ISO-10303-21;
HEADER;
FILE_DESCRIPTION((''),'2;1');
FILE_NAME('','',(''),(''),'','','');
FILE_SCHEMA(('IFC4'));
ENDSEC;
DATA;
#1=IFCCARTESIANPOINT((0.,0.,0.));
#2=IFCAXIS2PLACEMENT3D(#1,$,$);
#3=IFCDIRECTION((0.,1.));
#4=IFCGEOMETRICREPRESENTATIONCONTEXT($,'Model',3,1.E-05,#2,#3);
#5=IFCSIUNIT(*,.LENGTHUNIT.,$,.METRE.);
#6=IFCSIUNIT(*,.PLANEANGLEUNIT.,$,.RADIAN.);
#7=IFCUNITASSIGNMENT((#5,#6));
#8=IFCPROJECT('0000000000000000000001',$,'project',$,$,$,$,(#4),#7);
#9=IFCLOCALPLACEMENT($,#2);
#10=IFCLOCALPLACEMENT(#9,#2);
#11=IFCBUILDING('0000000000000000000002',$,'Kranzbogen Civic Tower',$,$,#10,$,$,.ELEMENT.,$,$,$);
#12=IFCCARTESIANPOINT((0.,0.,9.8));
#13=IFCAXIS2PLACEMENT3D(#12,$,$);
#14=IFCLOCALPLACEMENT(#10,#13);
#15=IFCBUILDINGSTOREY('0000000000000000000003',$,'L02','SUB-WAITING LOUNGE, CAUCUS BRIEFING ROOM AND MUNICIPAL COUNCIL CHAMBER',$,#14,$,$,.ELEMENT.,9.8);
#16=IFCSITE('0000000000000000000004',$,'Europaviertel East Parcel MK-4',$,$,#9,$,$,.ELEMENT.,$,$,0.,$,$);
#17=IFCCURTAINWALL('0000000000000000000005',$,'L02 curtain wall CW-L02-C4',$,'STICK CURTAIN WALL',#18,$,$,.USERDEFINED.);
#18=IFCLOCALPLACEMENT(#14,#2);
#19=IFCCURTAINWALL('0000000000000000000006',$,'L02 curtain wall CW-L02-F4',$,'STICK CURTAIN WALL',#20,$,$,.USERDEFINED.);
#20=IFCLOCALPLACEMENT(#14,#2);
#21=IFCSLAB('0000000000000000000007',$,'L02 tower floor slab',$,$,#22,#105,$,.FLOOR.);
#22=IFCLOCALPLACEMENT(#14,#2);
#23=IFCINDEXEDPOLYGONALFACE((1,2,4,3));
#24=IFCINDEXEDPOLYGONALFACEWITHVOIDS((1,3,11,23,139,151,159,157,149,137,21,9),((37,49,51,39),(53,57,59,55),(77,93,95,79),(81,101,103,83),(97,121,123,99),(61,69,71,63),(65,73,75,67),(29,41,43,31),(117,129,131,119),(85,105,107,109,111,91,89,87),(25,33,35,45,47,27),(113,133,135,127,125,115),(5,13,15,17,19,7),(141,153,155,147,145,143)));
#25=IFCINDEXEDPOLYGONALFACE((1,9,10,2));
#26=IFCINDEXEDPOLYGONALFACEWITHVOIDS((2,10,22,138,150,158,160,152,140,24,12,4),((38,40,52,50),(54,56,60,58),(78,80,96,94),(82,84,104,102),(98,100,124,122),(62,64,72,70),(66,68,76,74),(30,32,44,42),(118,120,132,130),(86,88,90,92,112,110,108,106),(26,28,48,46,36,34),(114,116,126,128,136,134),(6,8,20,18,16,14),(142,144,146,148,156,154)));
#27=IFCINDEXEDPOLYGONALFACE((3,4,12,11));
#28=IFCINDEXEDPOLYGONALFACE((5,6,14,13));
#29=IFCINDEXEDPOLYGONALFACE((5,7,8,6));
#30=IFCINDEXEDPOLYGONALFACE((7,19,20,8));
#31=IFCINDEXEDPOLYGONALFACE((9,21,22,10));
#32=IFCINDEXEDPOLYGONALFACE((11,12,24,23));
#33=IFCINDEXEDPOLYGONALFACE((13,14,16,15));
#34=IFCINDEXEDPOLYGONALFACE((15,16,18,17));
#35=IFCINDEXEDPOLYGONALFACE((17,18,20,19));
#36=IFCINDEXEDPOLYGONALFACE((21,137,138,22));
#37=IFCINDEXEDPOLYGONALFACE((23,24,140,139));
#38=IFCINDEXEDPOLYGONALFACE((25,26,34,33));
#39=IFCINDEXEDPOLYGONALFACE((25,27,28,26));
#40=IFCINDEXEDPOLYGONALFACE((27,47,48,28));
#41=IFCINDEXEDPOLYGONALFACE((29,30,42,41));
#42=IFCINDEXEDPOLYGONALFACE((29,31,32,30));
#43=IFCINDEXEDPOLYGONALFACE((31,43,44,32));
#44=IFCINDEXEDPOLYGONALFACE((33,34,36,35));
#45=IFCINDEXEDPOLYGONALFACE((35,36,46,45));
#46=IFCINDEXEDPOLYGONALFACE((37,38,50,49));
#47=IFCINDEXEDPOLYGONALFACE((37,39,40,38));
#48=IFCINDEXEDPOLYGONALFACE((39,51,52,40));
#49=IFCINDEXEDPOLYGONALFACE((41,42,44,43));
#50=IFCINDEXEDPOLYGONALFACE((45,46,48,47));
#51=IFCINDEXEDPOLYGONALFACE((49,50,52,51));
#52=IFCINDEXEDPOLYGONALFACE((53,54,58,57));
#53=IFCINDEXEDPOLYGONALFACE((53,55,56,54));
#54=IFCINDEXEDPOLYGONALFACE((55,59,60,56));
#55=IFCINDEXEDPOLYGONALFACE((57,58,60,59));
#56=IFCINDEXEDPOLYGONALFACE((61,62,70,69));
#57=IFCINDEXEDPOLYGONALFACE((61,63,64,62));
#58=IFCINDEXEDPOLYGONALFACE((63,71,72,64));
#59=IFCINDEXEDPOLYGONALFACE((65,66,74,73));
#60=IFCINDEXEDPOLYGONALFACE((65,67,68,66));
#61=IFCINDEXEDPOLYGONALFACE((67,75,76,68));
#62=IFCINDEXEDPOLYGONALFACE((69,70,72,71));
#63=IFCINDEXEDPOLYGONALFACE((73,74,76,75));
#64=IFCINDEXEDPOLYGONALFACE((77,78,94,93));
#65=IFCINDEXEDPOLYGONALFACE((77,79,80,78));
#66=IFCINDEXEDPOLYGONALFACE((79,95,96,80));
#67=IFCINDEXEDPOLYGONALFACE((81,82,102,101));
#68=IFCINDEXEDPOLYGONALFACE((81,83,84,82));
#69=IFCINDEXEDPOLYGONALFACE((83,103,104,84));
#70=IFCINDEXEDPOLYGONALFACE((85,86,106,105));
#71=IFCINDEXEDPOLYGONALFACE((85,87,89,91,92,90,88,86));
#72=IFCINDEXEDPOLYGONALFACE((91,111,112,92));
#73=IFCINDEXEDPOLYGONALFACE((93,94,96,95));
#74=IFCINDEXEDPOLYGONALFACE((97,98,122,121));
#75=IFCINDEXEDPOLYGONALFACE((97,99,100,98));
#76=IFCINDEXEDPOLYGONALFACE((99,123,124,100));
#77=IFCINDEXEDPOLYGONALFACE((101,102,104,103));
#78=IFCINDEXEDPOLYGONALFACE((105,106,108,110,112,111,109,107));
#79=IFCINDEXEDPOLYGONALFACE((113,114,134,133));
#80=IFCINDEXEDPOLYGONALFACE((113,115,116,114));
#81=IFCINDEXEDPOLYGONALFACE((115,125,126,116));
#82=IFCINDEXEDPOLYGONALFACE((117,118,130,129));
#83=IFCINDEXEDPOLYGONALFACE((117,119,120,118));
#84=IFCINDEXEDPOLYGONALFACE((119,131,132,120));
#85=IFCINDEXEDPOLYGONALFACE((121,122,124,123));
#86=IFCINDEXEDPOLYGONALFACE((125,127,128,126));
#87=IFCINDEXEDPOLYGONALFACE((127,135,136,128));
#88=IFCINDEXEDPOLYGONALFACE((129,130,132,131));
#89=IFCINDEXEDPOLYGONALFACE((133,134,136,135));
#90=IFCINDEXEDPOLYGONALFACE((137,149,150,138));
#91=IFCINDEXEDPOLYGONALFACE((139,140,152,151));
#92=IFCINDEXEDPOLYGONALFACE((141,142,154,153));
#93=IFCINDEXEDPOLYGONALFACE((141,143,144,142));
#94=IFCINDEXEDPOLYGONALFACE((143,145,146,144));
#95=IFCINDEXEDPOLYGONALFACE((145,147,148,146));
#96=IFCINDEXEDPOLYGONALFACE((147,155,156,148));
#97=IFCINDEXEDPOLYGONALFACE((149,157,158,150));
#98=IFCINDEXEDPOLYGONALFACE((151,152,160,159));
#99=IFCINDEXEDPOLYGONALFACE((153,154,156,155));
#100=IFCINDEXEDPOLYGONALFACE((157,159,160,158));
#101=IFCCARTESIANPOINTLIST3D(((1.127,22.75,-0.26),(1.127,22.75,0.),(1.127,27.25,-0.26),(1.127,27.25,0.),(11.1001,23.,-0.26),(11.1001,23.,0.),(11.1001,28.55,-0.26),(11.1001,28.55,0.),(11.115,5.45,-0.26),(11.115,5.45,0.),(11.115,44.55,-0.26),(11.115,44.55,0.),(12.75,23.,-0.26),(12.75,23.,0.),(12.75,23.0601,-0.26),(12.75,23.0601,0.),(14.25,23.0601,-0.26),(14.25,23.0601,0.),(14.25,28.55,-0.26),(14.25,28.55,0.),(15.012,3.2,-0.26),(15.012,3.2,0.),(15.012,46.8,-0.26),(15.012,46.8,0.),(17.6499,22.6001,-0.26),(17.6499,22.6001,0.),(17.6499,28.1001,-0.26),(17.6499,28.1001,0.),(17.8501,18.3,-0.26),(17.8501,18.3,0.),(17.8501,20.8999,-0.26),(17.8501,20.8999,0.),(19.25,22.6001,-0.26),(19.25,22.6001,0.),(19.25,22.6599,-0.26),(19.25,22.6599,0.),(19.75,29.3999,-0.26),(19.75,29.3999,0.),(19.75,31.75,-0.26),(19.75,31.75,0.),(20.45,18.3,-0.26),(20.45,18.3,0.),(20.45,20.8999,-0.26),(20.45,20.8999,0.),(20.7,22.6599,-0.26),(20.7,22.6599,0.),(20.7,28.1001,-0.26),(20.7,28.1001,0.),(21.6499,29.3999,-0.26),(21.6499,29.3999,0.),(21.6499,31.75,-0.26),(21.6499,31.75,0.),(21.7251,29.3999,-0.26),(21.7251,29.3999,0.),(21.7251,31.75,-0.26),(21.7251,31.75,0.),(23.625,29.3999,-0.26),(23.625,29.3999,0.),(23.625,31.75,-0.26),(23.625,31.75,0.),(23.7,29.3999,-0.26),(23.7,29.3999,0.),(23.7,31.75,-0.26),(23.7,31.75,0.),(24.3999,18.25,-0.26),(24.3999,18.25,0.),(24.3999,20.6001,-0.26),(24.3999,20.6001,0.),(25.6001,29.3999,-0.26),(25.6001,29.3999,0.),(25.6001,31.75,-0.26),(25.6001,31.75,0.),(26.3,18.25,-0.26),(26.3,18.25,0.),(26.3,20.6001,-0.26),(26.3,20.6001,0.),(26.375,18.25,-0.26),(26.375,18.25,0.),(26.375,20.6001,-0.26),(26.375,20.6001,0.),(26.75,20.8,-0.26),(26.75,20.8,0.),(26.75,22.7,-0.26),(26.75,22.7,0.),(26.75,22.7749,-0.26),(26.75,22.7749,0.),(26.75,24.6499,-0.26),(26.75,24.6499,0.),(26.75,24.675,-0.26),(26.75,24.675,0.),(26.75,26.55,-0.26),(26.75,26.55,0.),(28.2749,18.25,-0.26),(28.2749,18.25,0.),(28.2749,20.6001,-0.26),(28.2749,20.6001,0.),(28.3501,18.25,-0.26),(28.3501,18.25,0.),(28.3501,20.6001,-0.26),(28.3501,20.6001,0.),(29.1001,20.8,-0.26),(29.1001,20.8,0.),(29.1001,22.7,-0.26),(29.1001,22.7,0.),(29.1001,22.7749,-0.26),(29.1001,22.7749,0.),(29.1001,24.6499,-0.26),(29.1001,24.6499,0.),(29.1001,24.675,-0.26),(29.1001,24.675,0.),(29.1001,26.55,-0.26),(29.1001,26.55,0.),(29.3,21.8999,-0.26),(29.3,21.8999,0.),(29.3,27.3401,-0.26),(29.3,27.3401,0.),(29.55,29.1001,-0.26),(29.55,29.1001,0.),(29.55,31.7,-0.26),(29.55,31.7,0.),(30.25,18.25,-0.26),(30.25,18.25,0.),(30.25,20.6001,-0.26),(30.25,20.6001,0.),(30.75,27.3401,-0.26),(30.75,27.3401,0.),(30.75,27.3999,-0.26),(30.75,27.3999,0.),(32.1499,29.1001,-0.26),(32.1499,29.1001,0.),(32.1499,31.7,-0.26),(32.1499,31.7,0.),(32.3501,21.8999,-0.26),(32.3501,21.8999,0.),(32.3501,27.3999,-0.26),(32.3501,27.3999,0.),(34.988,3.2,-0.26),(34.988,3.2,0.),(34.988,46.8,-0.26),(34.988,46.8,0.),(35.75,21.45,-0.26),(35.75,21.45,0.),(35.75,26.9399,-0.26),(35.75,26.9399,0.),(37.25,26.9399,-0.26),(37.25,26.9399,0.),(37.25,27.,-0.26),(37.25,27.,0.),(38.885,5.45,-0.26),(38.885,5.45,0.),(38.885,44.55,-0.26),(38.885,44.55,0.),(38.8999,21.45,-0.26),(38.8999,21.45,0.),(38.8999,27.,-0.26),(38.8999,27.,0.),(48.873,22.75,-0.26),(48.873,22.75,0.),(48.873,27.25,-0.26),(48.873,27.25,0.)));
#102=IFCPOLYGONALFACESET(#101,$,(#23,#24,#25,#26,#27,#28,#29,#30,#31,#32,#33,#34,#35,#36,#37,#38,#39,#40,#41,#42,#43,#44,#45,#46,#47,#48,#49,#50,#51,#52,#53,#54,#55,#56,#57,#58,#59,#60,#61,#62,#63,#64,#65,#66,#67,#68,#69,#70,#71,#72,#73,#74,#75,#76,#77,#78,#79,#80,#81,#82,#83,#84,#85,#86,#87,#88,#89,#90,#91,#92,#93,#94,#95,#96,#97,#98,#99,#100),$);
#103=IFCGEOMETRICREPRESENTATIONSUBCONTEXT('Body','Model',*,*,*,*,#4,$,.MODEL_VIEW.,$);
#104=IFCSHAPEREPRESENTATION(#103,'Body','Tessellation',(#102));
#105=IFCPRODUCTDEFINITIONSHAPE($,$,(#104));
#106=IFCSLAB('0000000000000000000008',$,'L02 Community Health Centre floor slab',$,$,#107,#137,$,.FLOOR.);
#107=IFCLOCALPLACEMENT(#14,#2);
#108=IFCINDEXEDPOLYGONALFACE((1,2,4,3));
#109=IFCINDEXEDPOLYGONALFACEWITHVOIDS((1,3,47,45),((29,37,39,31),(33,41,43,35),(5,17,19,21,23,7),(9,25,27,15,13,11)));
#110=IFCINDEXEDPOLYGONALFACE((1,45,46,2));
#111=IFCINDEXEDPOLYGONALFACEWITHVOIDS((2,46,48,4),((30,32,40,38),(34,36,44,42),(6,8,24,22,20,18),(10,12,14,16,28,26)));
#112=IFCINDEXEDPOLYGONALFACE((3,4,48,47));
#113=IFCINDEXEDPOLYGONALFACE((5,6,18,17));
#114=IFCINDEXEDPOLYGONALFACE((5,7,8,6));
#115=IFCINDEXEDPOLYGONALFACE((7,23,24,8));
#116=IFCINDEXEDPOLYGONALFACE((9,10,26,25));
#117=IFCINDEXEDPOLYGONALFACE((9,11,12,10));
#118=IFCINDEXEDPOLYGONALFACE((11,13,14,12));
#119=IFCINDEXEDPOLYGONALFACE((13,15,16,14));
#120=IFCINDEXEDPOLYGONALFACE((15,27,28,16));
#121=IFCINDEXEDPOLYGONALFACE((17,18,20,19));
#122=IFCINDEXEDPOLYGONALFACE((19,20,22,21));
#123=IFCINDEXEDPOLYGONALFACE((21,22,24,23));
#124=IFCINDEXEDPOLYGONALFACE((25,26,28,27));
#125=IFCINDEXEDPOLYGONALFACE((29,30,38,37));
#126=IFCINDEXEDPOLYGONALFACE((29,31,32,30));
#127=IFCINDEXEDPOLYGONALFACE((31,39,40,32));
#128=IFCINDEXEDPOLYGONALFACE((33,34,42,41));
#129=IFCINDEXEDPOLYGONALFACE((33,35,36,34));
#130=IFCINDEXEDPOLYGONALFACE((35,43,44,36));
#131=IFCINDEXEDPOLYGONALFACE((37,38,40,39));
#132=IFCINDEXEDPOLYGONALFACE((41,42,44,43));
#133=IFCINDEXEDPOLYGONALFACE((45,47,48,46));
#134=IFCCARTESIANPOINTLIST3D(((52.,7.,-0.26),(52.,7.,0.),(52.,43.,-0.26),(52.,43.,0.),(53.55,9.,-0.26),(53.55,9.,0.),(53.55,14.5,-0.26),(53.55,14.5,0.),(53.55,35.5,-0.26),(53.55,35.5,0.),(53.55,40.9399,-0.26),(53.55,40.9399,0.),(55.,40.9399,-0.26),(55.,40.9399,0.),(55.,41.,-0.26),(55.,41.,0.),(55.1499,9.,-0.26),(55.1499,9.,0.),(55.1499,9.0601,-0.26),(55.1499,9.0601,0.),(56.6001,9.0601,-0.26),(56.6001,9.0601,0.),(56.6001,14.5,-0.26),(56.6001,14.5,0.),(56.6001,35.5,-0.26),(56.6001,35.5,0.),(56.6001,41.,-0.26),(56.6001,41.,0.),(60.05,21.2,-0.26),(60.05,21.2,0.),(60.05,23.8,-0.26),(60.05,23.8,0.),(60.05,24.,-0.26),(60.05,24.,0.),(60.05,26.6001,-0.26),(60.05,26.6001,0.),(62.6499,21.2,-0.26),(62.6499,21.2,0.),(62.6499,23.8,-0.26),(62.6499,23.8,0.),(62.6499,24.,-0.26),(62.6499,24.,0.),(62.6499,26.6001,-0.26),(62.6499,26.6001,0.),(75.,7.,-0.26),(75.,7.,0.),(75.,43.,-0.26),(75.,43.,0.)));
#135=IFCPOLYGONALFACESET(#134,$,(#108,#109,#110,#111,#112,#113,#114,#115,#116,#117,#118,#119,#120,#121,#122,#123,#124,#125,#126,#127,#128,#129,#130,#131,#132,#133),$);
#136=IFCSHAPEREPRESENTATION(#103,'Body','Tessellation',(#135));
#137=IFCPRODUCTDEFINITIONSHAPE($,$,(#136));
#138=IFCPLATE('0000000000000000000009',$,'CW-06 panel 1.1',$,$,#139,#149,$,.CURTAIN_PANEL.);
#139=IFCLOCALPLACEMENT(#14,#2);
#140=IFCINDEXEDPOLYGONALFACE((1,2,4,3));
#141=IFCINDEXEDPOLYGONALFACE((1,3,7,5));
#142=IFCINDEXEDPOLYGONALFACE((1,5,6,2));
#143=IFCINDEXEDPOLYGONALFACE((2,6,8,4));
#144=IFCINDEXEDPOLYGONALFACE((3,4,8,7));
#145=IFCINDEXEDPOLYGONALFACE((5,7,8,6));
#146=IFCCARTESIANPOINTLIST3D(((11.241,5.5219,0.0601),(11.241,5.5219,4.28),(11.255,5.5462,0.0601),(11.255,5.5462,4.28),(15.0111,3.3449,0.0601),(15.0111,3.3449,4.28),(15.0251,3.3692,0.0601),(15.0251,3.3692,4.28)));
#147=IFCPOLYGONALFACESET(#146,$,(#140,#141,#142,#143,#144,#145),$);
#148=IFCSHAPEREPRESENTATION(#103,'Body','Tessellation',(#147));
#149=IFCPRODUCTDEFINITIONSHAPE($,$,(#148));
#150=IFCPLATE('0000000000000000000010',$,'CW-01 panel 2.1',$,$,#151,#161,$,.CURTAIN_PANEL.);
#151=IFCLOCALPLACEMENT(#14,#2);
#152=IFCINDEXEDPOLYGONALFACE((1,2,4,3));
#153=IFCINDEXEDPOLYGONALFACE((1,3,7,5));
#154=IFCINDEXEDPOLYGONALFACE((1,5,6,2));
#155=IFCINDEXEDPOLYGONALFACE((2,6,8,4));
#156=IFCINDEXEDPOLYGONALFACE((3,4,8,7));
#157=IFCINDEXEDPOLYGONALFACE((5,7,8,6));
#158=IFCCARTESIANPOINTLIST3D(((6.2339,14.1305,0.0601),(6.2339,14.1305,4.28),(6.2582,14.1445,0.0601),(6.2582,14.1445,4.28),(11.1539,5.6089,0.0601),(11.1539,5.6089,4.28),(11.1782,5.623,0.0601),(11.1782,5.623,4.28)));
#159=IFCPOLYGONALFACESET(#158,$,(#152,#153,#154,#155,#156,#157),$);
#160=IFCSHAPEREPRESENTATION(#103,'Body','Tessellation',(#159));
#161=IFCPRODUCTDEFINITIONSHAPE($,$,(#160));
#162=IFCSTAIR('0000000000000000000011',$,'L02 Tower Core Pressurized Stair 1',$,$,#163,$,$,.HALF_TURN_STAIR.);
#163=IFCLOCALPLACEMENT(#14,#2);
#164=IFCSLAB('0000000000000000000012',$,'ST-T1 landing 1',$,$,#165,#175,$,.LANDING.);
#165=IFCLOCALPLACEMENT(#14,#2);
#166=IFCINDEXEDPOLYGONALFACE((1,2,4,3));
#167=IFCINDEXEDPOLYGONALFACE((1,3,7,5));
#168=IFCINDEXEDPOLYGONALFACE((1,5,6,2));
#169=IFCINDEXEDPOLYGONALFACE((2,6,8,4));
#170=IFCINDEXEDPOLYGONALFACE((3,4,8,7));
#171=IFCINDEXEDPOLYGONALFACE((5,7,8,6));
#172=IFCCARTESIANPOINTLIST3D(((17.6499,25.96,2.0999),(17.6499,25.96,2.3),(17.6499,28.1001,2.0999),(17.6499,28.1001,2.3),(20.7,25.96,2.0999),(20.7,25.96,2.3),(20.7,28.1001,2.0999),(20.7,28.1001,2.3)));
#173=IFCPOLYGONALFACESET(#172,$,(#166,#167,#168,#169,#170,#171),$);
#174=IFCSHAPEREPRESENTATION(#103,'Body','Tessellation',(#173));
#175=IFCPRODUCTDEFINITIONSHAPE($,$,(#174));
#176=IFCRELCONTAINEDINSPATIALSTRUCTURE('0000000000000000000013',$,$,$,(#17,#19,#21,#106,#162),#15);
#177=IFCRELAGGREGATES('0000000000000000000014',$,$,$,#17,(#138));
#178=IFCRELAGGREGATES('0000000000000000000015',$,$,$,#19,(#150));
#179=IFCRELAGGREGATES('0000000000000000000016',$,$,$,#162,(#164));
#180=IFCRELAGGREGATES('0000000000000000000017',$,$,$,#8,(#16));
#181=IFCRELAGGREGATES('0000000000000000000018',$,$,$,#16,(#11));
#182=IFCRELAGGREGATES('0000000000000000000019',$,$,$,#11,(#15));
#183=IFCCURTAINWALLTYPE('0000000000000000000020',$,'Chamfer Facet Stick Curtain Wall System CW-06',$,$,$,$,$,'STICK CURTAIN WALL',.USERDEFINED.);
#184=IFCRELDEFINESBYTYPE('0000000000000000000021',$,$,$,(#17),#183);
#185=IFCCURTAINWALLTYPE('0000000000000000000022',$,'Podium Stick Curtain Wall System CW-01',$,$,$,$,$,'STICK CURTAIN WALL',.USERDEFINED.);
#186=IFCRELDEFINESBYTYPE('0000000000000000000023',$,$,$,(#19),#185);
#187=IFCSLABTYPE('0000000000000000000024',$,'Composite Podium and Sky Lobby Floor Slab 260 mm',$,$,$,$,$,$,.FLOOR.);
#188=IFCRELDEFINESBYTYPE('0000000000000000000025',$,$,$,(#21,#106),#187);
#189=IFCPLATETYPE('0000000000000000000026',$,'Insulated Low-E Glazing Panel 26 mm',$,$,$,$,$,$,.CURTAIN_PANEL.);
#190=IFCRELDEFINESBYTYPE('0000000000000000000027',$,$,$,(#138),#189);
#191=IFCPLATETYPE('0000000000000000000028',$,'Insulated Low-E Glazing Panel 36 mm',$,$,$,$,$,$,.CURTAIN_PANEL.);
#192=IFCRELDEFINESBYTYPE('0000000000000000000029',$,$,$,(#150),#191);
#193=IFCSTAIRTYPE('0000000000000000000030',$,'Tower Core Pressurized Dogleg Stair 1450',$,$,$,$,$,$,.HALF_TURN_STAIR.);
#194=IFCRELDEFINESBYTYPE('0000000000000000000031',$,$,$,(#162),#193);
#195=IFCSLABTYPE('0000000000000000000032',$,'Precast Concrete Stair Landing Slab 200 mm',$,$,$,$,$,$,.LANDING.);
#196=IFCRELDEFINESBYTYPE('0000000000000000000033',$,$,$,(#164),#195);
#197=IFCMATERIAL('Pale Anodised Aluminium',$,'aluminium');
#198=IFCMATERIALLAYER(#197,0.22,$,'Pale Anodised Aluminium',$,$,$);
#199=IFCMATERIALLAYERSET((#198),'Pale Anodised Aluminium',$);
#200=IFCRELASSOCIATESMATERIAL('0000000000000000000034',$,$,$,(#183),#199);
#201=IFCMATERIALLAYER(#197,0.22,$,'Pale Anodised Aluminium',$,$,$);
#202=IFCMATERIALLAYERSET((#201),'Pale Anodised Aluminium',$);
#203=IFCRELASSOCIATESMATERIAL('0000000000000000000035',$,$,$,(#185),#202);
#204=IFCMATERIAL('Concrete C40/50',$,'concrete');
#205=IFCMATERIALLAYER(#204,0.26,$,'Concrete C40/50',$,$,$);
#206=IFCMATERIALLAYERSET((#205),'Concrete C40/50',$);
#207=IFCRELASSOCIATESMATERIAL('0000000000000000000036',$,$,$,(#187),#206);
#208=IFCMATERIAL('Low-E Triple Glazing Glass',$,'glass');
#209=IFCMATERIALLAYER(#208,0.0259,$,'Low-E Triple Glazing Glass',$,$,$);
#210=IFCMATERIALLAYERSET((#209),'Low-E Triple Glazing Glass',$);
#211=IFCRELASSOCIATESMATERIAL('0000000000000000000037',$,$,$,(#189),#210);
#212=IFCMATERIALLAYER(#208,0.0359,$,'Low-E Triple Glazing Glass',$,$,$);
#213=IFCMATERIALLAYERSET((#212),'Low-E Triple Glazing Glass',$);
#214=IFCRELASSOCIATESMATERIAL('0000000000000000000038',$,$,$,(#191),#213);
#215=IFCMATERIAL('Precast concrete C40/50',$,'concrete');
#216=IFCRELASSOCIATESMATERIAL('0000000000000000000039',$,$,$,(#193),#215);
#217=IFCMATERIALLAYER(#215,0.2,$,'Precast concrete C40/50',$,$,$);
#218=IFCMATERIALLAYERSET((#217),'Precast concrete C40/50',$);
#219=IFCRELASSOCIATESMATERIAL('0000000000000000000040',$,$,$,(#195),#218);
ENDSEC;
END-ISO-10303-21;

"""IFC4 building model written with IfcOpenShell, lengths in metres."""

from ifc_helpers import new_model, si_unit, direction, frame, origin, origin_2d, place, context, subcontext, project, spatial, polyline, rectangle, outline, extrude, material, layer, layer_set, type_object, element, aggregate, save


model = new_model("IFC4")

# Units and contexts
model_context = context("Model", 3, precision=1e-05, world=origin(), true_north=direction((0.0, 1.0)))
body_context = subcontext(model_context, "Body", "Model", "MODEL_VIEW")
ifc_project = project(units=[si_unit("LENGTHUNIT", "METRE"), si_unit("PLANEANGLEUNIT", "RADIAN")], contexts=[model_context])

# Site, building, storey
site_placement = place(None, origin())
site = spatial("IfcSite", under=ifc_project, at=site_placement, Name="Europaviertel East Parcel MK-4", CompositionType="ELEMENT", RefElevation=0.0)
building_placement = place(site_placement, origin())
building = spatial("IfcBuilding", under=site, at=building_placement, Name="Kranzbogen Civic Tower", CompositionType="ELEMENT")
storey_placement = place(building_placement, frame((0.0, 0.0, 9.8)))
storey = spatial("IfcBuildingStorey", under=building, at=storey_placement, Name="L02", Description="SUB-WAITING LOUNGE, CAUCUS BRIEFING ROOM AND MUNICIPAL COUNCIL CHAMBER", CompositionType="ELEMENT", Elevation=9.8)

# Curtain wall
ifc_material_1 = material(Name="Pale Anodised Aluminium", Category="aluminium")
ifc_layer_1 = layer(ifc_material_1, 0.22, Name="Pale Anodised Aluminium")
ifc_layer_set_1 = layer_set([ifc_layer_1], Name="Pale Anodised Aluminium")
curtain_wall_type_1 = type_object("IfcCurtainWallType", Name="Chamfer Facet Stick Curtain Wall System CW-06", ElementType="STICK CURTAIN WALL", PredefinedType="USERDEFINED", material=ifc_layer_set_1)
curtain_wall_1_placement = place(storey_placement, origin())
curtain_wall_1 = element("IfcCurtainWall", 1, at=curtain_wall_1_placement, inside=storey, type_object=curtain_wall_type_1, Name="L02 curtain wall CW-L02-C4", ObjectType="STICK CURTAIN WALL", PredefinedType="USERDEFINED")

# Curtain wall
ifc_layer_2 = layer(ifc_material_1, 0.22, Name="Pale Anodised Aluminium")
ifc_layer_set_2 = layer_set([ifc_layer_2], Name="Pale Anodised Aluminium")
curtain_wall_type_2 = type_object("IfcCurtainWallType", Name="Podium Stick Curtain Wall System CW-01", ElementType="STICK CURTAIN WALL", PredefinedType="USERDEFINED", material=ifc_layer_set_2)
curtain_wall_2_placement = place(storey_placement, origin())
curtain_wall_2 = element("IfcCurtainWall", 2, at=curtain_wall_2_placement, inside=storey, type_object=curtain_wall_type_2, Name="L02 curtain wall CW-L02-F4", ObjectType="STICK CURTAIN WALL", PredefinedType="USERDEFINED")

# Slabs
ifc_material_2 = material(Name="Concrete C40/50", Category="concrete")
ifc_layer_3 = layer(ifc_material_2, 0.26, Name="Concrete C40/50")
ifc_layer_set_3 = layer_set([ifc_layer_3], Name="Concrete C40/50")
slab_type_1 = type_object("IfcSlabType", Name="Composite Podium and Sky Lobby Floor Slab 260 mm", PredefinedType="FLOOR", material=ifc_layer_set_3)
slab_1_placement = place(storey_placement, frame((0.0, 0.0, -0.26)))
element("IfcSlab", 3, at=slab_1_placement, inside=storey, type_object=slab_type_1, Name="L02 tower floor slab", PredefinedType="FLOOR", context=body_context, shape_type="SweptSolid", body=[
    extrude(outline(polyline([(48.873, 27.25), (38.885, 44.55), (34.988, 46.8), (15.012, 46.8), (11.115, 44.55), (1.127, 27.25), (1.127, 22.75), (11.115, 5.45), (15.012, 3.2), (34.988, 3.2), (38.885, 5.45), (48.873, 22.75), (48.873, 27.25)]), holes=[polyline([(26.3, 18.25), (24.3999, 18.25), (24.3999, 20.6001), (26.3, 20.6001), (26.3, 18.25)]), polyline([(28.2749, 18.25), (26.375, 18.25), (26.375, 20.6001), (28.2749, 20.6001), (28.2749, 18.25)]), polyline([(20.45, 18.3), (17.8501, 18.3), (17.8501, 20.8999), (20.45, 20.8999), (20.45, 18.3)]), polyline([(29.1001, 22.7749), (26.75, 22.7749), (26.75, 24.6499), (26.75, 24.675), (26.75, 26.55), (29.1001, 26.55), (29.1001, 24.675), (29.1001, 24.6499), (29.1001, 22.7749)]), polyline([(19.25, 22.6599), (19.25, 22.6001), (17.6499, 22.6001), (17.6499, 28.1001), (20.7, 28.1001), (20.7, 22.6599), (19.25, 22.6599)]), polyline([(12.75, 23.0601), (12.75, 23.0), (11.1001, 23.0), (11.1001, 28.55), (14.25, 28.55), (14.25, 23.0601), (12.75, 23.0601)]), polyline([(19.75, 29.3999), (19.75, 31.75), (21.6499, 31.75), (21.6499, 29.3999), (19.75, 29.3999)]), polyline([(21.7251, 29.3999), (21.7251, 31.75), (23.625, 31.75), (23.625, 29.3999), (21.7251, 29.3999)]), polyline([(25.6001, 29.3999), (23.7, 29.3999), (23.7, 31.75), (25.6001, 31.75), (25.6001, 29.3999)]), polyline([(30.25, 18.25), (28.3501, 18.25), (28.3501, 20.6001), (30.25, 20.6001), (30.25, 18.25)]), polyline([(26.75, 20.8), (26.75, 22.7), (29.1001, 22.7), (29.1001, 20.8), (26.75, 20.8)]), polyline([(37.25, 26.9399), (37.25, 27.0), (38.8999, 27.0), (38.8999, 21.45), (35.75, 21.45), (35.75, 26.9399), (37.25, 26.9399)]), polyline([(30.75, 27.3401), (30.75, 27.3999), (32.3501, 27.3999), (32.3501, 21.8999), (29.3, 21.8999), (29.3, 27.3401), (30.75, 27.3401)]), polyline([(29.55, 29.1001), (29.55, 31.7), (32.1499, 31.7), (32.1499, 29.1001), (29.55, 29.1001)])]), origin(), (0.0, 0.0, 1.0), 0.26),
])
slab_2_placement = place(storey_placement, frame((0.0, 0.0, -0.26)))
element("IfcSlab", 4, at=slab_2_placement, inside=storey, type_object=slab_type_1, Name="L02 Community Health Centre floor slab", PredefinedType="FLOOR", context=body_context, shape_type="SweptSolid", body=[
    extrude(outline(polyline([(75.0, 7.0), (75.0, 43.0), (52.0, 43.0), (52.0, 7.0), (75.0, 7.0)]), holes=[polyline([(55.1499, 9.0601), (55.1499, 9.0), (53.55, 9.0), (53.55, 14.5), (56.6001, 14.5), (56.6001, 9.0601), (55.1499, 9.0601)]), polyline([(60.05, 21.2), (60.05, 23.8), (62.6499, 23.8), (62.6499, 21.2), (60.05, 21.2)]), polyline([(62.6499, 24.0), (60.05, 24.0), (60.05, 26.6001), (62.6499, 26.6001), (62.6499, 24.0)]), polyline([(55.0, 41.0), (56.6001, 41.0), (56.6001, 35.5), (53.55, 35.5), (53.55, 40.9399), (55.0, 40.9399), (55.0, 41.0)])]), origin(), (0.0, 0.0, 1.0), 0.26),
])

# Plates
ifc_material_3 = material(Name="Low-E Triple Glazing Glass", Category="glass")
ifc_layer_4 = layer(ifc_material_3, 0.0259, Name="Low-E Triple Glazing Glass")
ifc_layer_set_4 = layer_set([ifc_layer_4], Name="Low-E Triple Glazing Glass")
plate_type_1 = type_object("IfcPlateType", Name="Insulated Low-E Glazing Panel 26 mm", PredefinedType="CURTAIN_PANEL", material=ifc_layer_set_4)
plate_1_placement = place(storey_placement, frame((13.1331, 4.4456, 0.0601), z_axis=(0.0, 0.0, 1.0), x_axis=(0.865992, -0.500058, 0.0)))
plate_1 = element("IfcPlate", 5, at=plate_1_placement, type_object=plate_type_1, Name="CW-06 panel 1.1", PredefinedType="CURTAIN_PANEL", context=body_context, shape_type="SweptSolid", body=[
    extrude(rectangle(XDim=4.3535, YDim=0.0281, at=origin_2d()), origin(), (0.0, 0.0, 1.0), 4.22),
])
aggregate(curtain_wall_1, [plate_1])
ifc_layer_5 = layer(ifc_material_3, 0.0359, Name="Low-E Triple Glazing Glass")
ifc_layer_set_5 = layer_set([ifc_layer_5], Name="Low-E Triple Glazing Glass")
plate_type_2 = type_object("IfcPlateType", Name="Insulated Low-E Glazing Panel 36 mm", PredefinedType="CURTAIN_PANEL", material=ifc_layer_set_5)
plate_2_placement = place(storey_placement, frame((8.7061, 9.8767, 0.0601), z_axis=(0.0, 0.0, 1.0), x_axis=(0.500006, -0.866022, 0.0)))
plate_2 = element("IfcPlate", 6, at=plate_2_placement, type_object=plate_type_2, Name="CW-01 panel 2.1", PredefinedType="CURTAIN_PANEL", context=body_context, shape_type="SweptSolid", body=[
    extrude(rectangle(XDim=9.8398, YDim=0.0281, at=origin_2d()), origin(), (0.0, 0.0, 1.0), 4.22),
])
aggregate(curtain_wall_2, [plate_2])

# Stair, slab
ifc_material_4 = material(Name="Precast concrete C40/50", Category="concrete")
stair_type_1 = type_object("IfcStairType", Name="Tower Core Pressurized Dogleg Stair 1450", PredefinedType="HALF_TURN_STAIR", material=ifc_material_4)
stair_1_placement = place(storey_placement, origin())
stair_1 = element("IfcStair", 7, at=stair_1_placement, inside=storey, type_object=stair_type_1, Name="L02 Tower Core Pressurized Stair 1", PredefinedType="HALF_TURN_STAIR")
ifc_layer_6 = layer(ifc_material_4, 0.2, Name="Precast concrete C40/50")
ifc_layer_set_6 = layer_set([ifc_layer_6], Name="Precast concrete C40/50")
slab_type_2 = type_object("IfcSlabType", Name="Precast Concrete Stair Landing Slab 200 mm", PredefinedType="LANDING", material=ifc_layer_set_6)
slab_3_placement = place(storey_placement, frame((0.0, 0.0, 2.0999)))
slab_3 = element("IfcSlab", 8, at=slab_3_placement, type_object=slab_type_2, Name="ST-T1 landing 1", PredefinedType="LANDING", context=body_context, shape_type="SweptSolid", body=[
    extrude(outline(polyline([(20.7, 25.96), (20.7, 28.1001), (17.6499, 28.1001), (17.6499, 25.96), (20.7, 25.96)])), origin(), (0.0, 0.0, 1.0), 0.2002),
])
aggregate(stair_1, [slab_3])

save(model, "model.ifc")
